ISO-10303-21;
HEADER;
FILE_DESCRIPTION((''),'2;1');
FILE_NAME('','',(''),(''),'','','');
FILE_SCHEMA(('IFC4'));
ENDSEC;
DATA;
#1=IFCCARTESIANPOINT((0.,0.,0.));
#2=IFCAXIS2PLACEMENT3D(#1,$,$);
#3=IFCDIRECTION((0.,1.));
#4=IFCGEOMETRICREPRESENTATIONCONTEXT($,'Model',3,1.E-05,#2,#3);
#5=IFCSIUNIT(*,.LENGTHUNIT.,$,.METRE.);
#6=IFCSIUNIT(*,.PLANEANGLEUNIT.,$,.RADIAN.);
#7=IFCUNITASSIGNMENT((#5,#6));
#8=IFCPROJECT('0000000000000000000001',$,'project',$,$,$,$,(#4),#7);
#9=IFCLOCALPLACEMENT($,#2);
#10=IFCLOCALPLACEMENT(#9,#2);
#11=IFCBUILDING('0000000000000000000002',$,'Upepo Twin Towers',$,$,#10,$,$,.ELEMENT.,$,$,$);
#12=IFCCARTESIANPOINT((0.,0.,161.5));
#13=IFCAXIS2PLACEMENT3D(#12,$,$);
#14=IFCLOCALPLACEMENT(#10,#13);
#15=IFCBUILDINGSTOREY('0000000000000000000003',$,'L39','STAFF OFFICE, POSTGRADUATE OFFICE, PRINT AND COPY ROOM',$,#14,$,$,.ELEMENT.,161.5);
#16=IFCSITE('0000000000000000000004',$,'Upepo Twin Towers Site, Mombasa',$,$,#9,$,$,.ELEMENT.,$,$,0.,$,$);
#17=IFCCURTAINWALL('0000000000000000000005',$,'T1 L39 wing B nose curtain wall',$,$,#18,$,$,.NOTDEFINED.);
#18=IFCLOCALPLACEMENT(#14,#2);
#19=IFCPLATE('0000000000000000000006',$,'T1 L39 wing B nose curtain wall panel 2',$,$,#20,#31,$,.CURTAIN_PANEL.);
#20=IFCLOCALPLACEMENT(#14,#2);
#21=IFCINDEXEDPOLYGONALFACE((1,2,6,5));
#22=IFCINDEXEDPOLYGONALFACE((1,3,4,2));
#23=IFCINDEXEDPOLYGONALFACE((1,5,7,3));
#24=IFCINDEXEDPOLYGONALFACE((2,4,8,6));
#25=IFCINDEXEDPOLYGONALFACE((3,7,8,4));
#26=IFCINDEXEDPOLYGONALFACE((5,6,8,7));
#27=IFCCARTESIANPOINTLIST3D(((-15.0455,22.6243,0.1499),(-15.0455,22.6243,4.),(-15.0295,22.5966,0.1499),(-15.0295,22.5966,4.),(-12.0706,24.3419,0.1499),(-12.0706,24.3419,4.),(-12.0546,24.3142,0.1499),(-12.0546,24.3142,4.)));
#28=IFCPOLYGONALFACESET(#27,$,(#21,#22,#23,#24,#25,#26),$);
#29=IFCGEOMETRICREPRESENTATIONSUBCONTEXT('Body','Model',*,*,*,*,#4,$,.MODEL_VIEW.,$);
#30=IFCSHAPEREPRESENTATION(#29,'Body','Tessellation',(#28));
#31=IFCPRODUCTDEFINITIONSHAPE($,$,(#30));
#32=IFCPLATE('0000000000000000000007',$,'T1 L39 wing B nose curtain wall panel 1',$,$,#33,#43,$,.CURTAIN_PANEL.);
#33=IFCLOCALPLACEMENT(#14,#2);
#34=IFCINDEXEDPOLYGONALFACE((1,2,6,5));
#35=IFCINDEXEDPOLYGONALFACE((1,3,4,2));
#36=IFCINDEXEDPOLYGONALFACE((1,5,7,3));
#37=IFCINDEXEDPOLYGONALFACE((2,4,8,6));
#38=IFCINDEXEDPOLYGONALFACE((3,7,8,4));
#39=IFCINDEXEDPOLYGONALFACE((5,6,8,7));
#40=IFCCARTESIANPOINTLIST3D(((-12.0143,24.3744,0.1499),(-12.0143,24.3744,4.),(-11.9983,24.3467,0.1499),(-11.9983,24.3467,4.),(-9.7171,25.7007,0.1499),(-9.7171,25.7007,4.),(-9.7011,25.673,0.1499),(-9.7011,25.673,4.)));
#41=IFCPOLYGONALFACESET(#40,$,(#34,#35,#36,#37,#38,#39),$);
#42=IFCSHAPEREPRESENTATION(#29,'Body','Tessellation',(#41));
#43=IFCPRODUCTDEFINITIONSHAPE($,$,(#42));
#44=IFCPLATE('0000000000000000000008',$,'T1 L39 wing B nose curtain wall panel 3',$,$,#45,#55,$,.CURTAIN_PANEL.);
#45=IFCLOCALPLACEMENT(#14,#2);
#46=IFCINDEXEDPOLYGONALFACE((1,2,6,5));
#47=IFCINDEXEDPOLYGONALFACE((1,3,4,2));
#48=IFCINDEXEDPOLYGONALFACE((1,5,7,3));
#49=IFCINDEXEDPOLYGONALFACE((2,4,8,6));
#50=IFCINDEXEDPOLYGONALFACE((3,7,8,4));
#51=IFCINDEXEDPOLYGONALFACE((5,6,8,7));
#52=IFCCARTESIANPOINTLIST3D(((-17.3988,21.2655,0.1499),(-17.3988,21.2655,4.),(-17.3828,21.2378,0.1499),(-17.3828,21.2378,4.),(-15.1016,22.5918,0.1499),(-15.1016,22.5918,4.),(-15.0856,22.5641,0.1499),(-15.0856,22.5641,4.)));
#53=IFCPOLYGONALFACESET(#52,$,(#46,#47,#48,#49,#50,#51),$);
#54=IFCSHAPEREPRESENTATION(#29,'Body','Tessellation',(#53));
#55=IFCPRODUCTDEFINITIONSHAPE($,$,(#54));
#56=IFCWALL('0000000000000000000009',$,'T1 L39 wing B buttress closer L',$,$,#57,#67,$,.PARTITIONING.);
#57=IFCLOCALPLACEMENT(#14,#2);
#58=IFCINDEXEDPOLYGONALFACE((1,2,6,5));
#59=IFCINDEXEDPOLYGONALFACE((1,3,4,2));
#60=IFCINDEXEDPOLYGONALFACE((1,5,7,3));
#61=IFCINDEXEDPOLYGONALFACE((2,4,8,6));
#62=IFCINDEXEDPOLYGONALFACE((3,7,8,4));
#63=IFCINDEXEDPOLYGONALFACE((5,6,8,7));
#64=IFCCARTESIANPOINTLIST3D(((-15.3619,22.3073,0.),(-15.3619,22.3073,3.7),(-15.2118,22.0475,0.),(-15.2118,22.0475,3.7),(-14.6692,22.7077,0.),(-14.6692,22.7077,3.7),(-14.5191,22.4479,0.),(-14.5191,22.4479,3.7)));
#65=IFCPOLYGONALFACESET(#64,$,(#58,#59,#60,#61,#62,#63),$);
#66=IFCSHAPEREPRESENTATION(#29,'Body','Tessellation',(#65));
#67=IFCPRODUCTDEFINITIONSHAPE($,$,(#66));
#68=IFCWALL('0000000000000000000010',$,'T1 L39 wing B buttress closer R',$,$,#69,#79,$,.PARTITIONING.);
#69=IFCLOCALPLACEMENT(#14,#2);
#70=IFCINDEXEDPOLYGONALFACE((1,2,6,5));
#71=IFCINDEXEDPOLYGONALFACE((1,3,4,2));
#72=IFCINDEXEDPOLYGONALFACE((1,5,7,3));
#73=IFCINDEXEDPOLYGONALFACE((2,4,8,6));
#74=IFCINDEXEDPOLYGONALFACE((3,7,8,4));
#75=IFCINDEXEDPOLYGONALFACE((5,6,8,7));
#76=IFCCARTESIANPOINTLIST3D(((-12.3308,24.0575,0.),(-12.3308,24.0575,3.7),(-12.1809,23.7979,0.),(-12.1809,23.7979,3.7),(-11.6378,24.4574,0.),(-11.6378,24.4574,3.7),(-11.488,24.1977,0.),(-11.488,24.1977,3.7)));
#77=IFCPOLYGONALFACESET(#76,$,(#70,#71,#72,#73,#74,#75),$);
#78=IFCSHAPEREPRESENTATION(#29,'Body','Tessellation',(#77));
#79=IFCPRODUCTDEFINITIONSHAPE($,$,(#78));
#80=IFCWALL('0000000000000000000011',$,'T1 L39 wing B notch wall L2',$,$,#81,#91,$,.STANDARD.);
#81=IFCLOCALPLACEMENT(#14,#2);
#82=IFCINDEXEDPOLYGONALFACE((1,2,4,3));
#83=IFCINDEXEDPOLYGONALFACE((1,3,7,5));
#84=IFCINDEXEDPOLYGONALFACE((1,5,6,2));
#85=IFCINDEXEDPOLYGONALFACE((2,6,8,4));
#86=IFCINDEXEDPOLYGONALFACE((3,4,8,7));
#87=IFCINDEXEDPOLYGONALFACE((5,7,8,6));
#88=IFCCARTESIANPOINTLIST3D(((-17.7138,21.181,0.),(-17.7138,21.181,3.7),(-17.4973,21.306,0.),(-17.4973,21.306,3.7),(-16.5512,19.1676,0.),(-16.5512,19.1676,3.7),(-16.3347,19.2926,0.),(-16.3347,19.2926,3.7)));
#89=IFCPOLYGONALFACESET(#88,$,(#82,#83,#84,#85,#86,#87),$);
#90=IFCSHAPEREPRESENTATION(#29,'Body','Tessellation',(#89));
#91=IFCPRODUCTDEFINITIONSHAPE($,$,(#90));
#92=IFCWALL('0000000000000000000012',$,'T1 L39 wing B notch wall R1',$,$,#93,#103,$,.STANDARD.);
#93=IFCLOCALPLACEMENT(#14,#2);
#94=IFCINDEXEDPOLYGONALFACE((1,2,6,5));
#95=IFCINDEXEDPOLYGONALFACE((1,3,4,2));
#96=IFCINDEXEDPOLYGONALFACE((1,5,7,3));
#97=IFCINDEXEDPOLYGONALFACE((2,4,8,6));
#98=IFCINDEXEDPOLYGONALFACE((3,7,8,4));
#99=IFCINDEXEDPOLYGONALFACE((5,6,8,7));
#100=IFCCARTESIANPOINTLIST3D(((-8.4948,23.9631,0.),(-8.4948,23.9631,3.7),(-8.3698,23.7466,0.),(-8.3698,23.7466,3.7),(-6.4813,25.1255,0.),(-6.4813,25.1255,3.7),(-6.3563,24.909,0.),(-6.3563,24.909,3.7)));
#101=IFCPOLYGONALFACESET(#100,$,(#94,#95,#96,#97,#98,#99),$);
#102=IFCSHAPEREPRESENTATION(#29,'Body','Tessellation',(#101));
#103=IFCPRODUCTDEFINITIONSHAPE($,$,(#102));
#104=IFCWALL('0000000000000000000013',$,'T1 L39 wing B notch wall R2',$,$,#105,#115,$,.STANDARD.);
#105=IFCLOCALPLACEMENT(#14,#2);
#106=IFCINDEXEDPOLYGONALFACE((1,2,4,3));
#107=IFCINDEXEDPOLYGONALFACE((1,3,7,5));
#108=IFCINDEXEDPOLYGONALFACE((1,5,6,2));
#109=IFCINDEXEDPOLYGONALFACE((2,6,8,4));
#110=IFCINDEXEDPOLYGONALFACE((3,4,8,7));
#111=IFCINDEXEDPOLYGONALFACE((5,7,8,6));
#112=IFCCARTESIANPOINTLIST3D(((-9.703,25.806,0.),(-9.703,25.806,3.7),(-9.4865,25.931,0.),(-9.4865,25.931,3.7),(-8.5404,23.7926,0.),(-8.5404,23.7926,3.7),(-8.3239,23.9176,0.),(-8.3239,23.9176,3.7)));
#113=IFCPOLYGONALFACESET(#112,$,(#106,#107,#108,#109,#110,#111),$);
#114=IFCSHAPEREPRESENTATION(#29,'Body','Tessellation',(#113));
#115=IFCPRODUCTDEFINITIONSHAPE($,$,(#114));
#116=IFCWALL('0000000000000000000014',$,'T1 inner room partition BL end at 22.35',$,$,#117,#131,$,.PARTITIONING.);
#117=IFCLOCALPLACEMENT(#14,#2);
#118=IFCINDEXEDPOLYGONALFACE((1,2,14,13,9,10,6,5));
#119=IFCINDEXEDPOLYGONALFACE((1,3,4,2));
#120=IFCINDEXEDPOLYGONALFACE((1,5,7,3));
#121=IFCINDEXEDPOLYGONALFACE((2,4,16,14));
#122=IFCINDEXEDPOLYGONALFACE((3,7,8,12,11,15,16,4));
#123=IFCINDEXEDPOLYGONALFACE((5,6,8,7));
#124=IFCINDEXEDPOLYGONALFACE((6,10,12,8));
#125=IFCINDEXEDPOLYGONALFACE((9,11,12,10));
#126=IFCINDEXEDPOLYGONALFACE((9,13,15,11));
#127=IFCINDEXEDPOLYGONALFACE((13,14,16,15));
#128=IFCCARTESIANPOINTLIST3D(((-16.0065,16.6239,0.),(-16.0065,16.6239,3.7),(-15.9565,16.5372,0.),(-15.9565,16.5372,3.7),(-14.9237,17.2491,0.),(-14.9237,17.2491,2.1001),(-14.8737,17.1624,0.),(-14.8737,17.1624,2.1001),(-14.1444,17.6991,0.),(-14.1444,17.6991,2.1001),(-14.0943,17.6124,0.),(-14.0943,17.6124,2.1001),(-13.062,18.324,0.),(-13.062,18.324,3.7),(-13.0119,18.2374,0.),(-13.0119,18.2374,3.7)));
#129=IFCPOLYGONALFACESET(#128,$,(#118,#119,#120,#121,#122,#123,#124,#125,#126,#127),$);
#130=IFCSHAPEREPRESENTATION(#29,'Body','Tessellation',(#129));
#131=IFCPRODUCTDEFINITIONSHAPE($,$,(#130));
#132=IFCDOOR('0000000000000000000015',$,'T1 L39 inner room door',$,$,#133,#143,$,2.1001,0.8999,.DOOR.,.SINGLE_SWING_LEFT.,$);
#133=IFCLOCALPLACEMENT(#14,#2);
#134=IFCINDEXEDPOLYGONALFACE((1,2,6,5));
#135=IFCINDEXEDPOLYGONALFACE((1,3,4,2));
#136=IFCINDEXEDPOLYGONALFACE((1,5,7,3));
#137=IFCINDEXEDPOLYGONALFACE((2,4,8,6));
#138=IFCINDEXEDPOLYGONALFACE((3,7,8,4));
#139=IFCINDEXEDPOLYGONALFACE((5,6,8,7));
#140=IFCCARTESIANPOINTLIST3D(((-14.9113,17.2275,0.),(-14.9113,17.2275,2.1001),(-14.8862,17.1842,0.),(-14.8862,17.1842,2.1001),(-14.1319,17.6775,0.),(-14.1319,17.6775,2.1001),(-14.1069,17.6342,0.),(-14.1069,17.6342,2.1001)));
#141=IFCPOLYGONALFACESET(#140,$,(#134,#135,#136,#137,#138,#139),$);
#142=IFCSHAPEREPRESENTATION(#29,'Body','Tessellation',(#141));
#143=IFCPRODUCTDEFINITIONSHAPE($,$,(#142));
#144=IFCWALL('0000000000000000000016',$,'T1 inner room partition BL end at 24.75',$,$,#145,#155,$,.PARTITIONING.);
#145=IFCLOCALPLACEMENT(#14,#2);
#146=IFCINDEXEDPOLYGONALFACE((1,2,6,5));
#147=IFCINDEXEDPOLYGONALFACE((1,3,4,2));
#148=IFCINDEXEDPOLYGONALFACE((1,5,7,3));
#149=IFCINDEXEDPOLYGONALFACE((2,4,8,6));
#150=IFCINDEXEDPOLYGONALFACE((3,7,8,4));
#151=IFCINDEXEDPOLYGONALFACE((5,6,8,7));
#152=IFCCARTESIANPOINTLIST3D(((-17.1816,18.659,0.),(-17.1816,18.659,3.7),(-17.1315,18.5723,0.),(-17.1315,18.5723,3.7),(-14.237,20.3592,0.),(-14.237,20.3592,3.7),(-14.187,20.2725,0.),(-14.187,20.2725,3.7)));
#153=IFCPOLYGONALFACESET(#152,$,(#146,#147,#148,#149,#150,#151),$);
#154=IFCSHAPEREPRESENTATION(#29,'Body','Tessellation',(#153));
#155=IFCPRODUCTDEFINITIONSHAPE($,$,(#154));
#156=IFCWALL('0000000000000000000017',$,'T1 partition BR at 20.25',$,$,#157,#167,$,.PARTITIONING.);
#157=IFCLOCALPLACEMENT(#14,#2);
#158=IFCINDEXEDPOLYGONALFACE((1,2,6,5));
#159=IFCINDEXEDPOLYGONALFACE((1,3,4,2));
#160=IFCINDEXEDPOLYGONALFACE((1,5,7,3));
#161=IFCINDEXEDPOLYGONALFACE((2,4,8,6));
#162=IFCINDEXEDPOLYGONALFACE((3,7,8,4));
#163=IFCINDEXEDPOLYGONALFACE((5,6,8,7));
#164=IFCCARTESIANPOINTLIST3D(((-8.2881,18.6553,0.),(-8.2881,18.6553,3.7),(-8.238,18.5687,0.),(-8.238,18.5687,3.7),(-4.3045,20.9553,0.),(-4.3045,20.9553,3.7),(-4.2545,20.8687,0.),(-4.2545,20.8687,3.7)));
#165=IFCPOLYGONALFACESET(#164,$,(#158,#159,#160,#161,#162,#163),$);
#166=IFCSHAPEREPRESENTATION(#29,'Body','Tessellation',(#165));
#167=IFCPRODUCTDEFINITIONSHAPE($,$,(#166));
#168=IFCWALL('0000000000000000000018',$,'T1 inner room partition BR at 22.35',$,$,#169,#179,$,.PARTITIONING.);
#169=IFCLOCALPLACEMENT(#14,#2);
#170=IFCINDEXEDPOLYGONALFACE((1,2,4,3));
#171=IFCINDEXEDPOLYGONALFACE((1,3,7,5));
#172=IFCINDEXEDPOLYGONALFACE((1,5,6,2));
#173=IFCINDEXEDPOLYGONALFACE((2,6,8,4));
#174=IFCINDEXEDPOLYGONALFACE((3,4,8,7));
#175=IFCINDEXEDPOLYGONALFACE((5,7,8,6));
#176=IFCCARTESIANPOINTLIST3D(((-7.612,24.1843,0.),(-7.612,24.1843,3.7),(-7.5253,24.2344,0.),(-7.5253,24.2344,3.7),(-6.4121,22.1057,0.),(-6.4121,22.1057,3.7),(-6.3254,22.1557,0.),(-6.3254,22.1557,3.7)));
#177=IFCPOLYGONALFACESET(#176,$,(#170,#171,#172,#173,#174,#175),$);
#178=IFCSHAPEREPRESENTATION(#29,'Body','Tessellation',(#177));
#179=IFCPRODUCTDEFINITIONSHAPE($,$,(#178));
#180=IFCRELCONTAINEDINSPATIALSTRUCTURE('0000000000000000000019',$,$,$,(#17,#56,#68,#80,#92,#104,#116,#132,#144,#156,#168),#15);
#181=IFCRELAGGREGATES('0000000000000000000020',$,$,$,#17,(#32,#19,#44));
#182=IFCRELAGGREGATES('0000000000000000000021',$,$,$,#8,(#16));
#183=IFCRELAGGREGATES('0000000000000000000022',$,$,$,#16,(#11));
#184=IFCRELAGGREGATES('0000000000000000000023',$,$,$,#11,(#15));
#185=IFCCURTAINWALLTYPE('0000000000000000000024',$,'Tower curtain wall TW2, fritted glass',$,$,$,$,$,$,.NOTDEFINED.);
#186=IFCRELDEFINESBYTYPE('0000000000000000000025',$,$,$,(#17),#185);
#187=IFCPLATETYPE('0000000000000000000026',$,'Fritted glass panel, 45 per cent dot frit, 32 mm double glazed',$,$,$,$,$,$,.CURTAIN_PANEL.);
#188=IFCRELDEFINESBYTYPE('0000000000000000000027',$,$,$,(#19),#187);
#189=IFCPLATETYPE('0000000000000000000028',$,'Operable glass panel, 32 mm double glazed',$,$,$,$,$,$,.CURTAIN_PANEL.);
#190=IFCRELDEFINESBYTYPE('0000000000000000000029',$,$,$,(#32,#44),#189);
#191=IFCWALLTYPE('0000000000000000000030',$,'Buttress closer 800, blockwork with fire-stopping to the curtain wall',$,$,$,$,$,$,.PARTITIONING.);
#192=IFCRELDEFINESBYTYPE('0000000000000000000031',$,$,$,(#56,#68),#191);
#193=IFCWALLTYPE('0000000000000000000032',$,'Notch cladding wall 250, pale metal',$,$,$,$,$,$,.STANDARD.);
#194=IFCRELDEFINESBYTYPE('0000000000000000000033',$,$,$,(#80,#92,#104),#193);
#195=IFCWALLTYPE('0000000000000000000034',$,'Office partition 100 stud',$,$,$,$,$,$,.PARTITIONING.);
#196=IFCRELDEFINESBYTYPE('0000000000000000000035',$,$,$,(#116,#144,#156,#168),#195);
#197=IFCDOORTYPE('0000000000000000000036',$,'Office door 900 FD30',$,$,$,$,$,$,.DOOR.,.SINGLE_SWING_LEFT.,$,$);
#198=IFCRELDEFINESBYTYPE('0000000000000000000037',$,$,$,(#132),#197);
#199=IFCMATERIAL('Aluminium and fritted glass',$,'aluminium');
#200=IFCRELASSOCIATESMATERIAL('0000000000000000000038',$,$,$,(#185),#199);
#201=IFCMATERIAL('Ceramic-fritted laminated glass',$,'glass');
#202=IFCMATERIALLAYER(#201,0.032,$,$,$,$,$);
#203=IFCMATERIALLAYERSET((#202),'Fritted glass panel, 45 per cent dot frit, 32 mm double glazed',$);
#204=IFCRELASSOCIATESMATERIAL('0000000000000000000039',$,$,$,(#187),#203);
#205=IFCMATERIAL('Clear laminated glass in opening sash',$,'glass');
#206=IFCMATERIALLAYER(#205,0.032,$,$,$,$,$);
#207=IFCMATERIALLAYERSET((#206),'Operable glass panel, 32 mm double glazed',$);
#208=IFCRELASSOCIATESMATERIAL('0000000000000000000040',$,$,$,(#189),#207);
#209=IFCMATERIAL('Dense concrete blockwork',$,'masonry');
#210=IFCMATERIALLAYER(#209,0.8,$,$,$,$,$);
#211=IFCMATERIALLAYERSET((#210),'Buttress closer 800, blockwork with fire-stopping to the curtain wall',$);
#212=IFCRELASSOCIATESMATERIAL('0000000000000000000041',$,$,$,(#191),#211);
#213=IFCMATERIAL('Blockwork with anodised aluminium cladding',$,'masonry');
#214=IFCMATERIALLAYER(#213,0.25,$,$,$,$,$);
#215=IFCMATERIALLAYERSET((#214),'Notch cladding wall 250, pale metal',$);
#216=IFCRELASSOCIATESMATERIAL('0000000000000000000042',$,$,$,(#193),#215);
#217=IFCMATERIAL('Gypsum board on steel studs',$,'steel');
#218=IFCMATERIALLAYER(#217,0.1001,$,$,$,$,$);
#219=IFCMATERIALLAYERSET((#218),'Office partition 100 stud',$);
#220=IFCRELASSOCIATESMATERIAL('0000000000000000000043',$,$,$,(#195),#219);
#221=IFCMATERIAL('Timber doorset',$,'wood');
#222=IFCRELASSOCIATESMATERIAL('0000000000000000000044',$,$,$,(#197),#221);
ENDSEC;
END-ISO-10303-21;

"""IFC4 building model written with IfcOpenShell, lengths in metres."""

from ifc_helpers import new_model, si_unit, direction, frame, frame_2d, origin, origin_2d, place, context, subcontext, project, spatial, rectangle, extrude, material, layer, layer_set, type_object, element, fill, aggregate, save


model = new_model("IFC4")

# Units and contexts
model_context = context("Model", 3, precision=1e-05, world=origin(), true_north=direction((0.0, 1.0)))
body_context = subcontext(model_context, "Body", "Model", "MODEL_VIEW")
ifc_project = project(units=[si_unit("LENGTHUNIT", "METRE"), si_unit("PLANEANGLEUNIT", "RADIAN")], contexts=[model_context])

# Site, building, storey
site_placement = place(None, origin())
site = spatial("IfcSite", under=ifc_project, at=site_placement, Name="Upepo Twin Towers Site, Mombasa", CompositionType="ELEMENT", RefElevation=0.0)
building_placement = place(site_placement, origin())
building = spatial("IfcBuilding", under=site, at=building_placement, Name="Upepo Twin Towers", CompositionType="ELEMENT")
storey_placement = place(building_placement, frame((0.0, 0.0, 161.5)))
storey = spatial("IfcBuildingStorey", under=building, at=storey_placement, Name="L39", Description="STAFF OFFICE, POSTGRADUATE OFFICE, PRINT AND COPY ROOM", CompositionType="ELEMENT", Elevation=161.5)

# Shared definitions
ifc_material_1 = material(Name="Aluminium and fritted glass", Category="aluminium")
curtain_wall_type = type_object("IfcCurtainWallType", Name="Tower curtain wall TW2, fritted glass", PredefinedType="NOTDEFINED", material=ifc_material_1)

# Curtain wall
curtain_wall_1_placement = place(storey_placement, origin())
curtain_wall_1 = element("IfcCurtainWall", 1, at=curtain_wall_1_placement, inside=storey, type_object=curtain_wall_type, Name="T1 L39 wing B nose curtain wall", PredefinedType="NOTDEFINED")

# Plates
ifc_material_2 = material(Name="Ceramic-fritted laminated glass", Category="glass")
ifc_layer_1 = layer(ifc_material_2, 0.032)
ifc_layer_set_1 = layer_set([ifc_layer_1], Name="Fritted glass panel, 45 per cent dot frit, 32 mm double glazed")
plate_type_1 = type_object("IfcPlateType", Name="Fritted glass panel, 45 per cent dot frit, 32 mm double glazed", PredefinedType="CURTAIN_PANEL", material=ifc_layer_set_1)
plate_1_placement = place(storey_placement, frame((-13.55, 23.4692, 0.1499), z_axis=(0.0, 0.0, 1.0), x_axis=(-0.866025, -0.5, 0.0)))
plate_1 = element("IfcPlate", 2, at=plate_1_placement, type_object=plate_type_1, Name="T1 L39 wing B nose curtain wall panel 2", PredefinedType="CURTAIN_PANEL", context=body_context, shape_type="SweptSolid", body=[
    extrude(rectangle(XDim=3.4351, YDim=0.032, at=origin_2d()), origin(), (0.0, 0.0, 1.0), 3.8501),
])
ifc_material_3 = material(Name="Clear laminated glass in opening sash", Category="glass")
ifc_layer_2 = layer(ifc_material_3, 0.032)
ifc_layer_set_2 = layer_set([ifc_layer_2], Name="Operable glass panel, 32 mm double glazed")
plate_type_2 = type_object("IfcPlateType", Name="Operable glass panel, 32 mm double glazed", PredefinedType="CURTAIN_PANEL", material=ifc_layer_set_2)
plate_2_placement = place(storey_placement, frame((-10.8577, 25.0237, 0.1499), z_axis=(0.0, 0.0, 1.0), x_axis=(-0.866025, -0.5, 0.0)))
plate_2 = element("IfcPlate", 3, at=plate_2_placement, type_object=plate_type_2, Name="T1 L39 wing B nose curtain wall panel 1", PredefinedType="CURTAIN_PANEL", context=body_context, shape_type="SweptSolid", body=[
    extrude(rectangle(XDim=2.6526, YDim=0.032, at=origin_2d()), origin(), (0.0, 0.0, 1.0), 3.8501),
])
plate_3_placement = place(storey_placement, frame((-16.2422, 21.9148, 0.1499), z_axis=(0.0, 0.0, 1.0), x_axis=(-0.866025, -0.5, 0.0)))
plate_3 = element("IfcPlate", 4, at=plate_3_placement, type_object=plate_type_2, Name="T1 L39 wing B nose curtain wall panel 3", PredefinedType="CURTAIN_PANEL", context=body_context, shape_type="SweptSolid", body=[
    extrude(rectangle(XDim=2.6526, YDim=0.032, at=origin_2d()), origin(), (0.0, 0.0, 1.0), 3.8501),
])
aggregate(curtain_wall_1, [plate_2, plate_1, plate_3])

# Walls
ifc_material_4 = material(Name="Dense concrete blockwork", Category="masonry")
ifc_layer_3 = layer(ifc_material_4, 0.8)
ifc_layer_set_3 = layer_set([ifc_layer_3], Name="Buttress closer 800, blockwork with fire-stopping to the curtain wall")
wall_type_1 = type_object("IfcWallType", Name="Buttress closer 800, blockwork with fire-stopping to the curtain wall", PredefinedType="PARTITIONING", material=ifc_layer_set_3)
wall_1_placement = place(storey_placement, frame((-14.8655, 22.2478, 0.0), z_axis=(0.0, 0.0, 1.0), x_axis=(-0.500427, 0.865779, 0.0)))
element("IfcWall", 5, at=wall_1_placement, inside=storey, type_object=wall_type_1, Name="T1 L39 wing B buttress closer L", PredefinedType="PARTITIONING", context=body_context, shape_type="SweptSolid", body=[
    extrude(rectangle(XDim=0.3, YDim=0.8, at=frame_2d((0.1499, 0.0))), origin(), (0.0, 0.0, 1.0), 3.7),
])
wall_2_placement = place(storey_placement, frame((-11.8345, 23.9978, 0.0), z_axis=(0.0, 0.0, 1.0), x_axis=(-0.499816, 0.866131, 0.0)))
element("IfcWall", 6, at=wall_2_placement, inside=storey, type_object=wall_type_1, Name="T1 L39 wing B buttress closer R", PredefinedType="PARTITIONING", context=body_context, shape_type="SweptSolid", body=[
    extrude(rectangle(XDim=0.2998, YDim=0.8, at=frame_2d((0.1499, 0.0))), origin(), (0.0, 0.0, 1.0), 3.7),
])
ifc_material_5 = material(Name="Blockwork with anodised aluminium cladding", Category="masonry")
ifc_layer_4 = layer(ifc_material_5, 0.25)
ifc_layer_set_4 = layer_set([ifc_layer_4], Name="Notch cladding wall 250, pale metal")
wall_type_2 = type_object("IfcWallType", Name="Notch cladding wall 250, pale metal", PredefinedType="STANDARD", material=ifc_layer_set_4)
for number, where, z_axis, x_axis, name in (
    (7, (-16.4429, 19.23, 0.0), (0.0, 0.0, 1.0), (-0.500047, 0.865998, 0.0), "T1 L39 wing B notch wall L2"),
    (8, (-6.4187, 25.0173, 0.0), (0.0, 0.0, 1.0), (-0.866044, -0.499968, 0.0), "T1 L39 wing B notch wall R1"),
    (9, (-8.4321, 23.855, 0.0), (0.0, 0.0, 1.0), (-0.500047, 0.865998, 0.0), "T1 L39 wing B notch wall R2"),
):
    element("IfcWall", number, at=place(storey_placement, frame(where, z_axis=z_axis, x_axis=x_axis)), inside=storey, type_object=wall_type_2, Name=name, PredefinedType="STANDARD", context=body_context, shape_type="SweptSolid", body=[
        extrude(rectangle(XDim=2.325, YDim=0.25, at=frame_2d((1.1626, 0.0))), origin(), (0.0, 0.0, 1.0), 3.7),
    ])

# Wall, opening, door
ifc_material_6 = material(Name="Gypsum board on steel studs", Category="steel")
ifc_layer_5 = layer(ifc_material_6, 0.1001)
ifc_layer_set_5 = layer_set([ifc_layer_5], Name="Office partition 100 stud")
wall_type_3 = type_object("IfcWallType", Name="Office partition 100 stud", PredefinedType="PARTITIONING", material=ifc_layer_set_5)
wall_3_placement = place(storey_placement, frame((-13.0369, 18.2808, 0.0), z_axis=(0.0, 0.0, 1.0), x_axis=(-0.866007, -0.500031, 0.0)))
wall_3 = element("IfcWall", 10, at=wall_3_placement, inside=storey, type_object=wall_type_3, Name="T1 inner room partition BL end at 22.35", PredefinedType="PARTITIONING", context=body_context, shape_type="SweptSolid", body=[
    extrude(rectangle(XDim=3.4001, YDim=0.1001, at=frame_2d((1.7002, 0.0))), origin(), (0.0, 0.0, 1.0), 3.7),
])
opening_1_placement = place(wall_3_placement, frame((1.25, 0.0, 0.0)))
opening_1 = element("IfcOpeningElement", 11, at=opening_1_placement, cuts=wall_3, PredefinedType="OPENING", context=body_context, shape_type="SweptSolid", body=[
    extrude(rectangle(XDim=0.8999, YDim=2.1001, at=frame_2d((0.45, 1.05))), frame((0.0, 0.0601, 0.0), z_axis=(0.0, -1.0, 0.0), x_axis=(1.0, 0.0, 0.0)), (0.0, 0.0, 1.0), 0.1201),
])
ifc_material_7 = material(Name="Timber doorset", Category="wood")
door_type_1 = type_object("IfcDoorType", Name="Office door 900 FD30", OperationType="SINGLE_SWING_LEFT", PredefinedType="DOOR", material=ifc_material_7)
door_1_placement = place(opening_1_placement, origin())
door_1 = element("IfcDoor", 12, at=door_1_placement, inside=storey, type_object=door_type_1, Name="T1 L39 inner room door", OperationType="SINGLE_SWING_LEFT", OverallHeight=2.1001, OverallWidth=0.8999, PredefinedType="DOOR", context=body_context, shape_type="SweptSolid", body=[
    extrude(rectangle(XDim=0.8999, YDim=2.1001, at=frame_2d((0.45, 1.05))), frame((0.0, 0.0249, 0.0), z_axis=(0.0, -1.0, 0.0), x_axis=(1.0, 0.0, 0.0)), (0.0, 0.0, 1.0), 0.05),
])
fill(opening_1, door_1)

# Walls
wall_4_placement = place(storey_placement, frame((-14.2119, 20.3159, 0.0), z_axis=(0.0, 0.0, 1.0), x_axis=(-0.866007, -0.500031, 0.0)))
element("IfcWall", 13, at=wall_4_placement, inside=storey, type_object=wall_type_3, Name="T1 inner room partition BL end at 24.75", PredefinedType="PARTITIONING", context=body_context, shape_type="SweptSolid", body=[
    extrude(rectangle(XDim=3.4001, YDim=0.1001, at=frame_2d((1.7002, 0.0))), origin(), (0.0, 0.0, 1.0), 3.7),
])
wall_5_placement = place(storey_placement, frame((-8.2629, 18.6121, 0.0), z_axis=(0.0, 0.0, 1.0), x_axis=(0.866017, 0.500015, 0.0)))
element("IfcWall", 14, at=wall_5_placement, inside=storey, type_object=wall_type_3, Name="T1 partition BR at 20.25", PredefinedType="PARTITIONING", context=body_context, shape_type="SweptSolid", body=[
    extrude(rectangle(XDim=4.5999, YDim=0.1001, at=frame_2d((2.2998, 0.0))), origin(), (0.0, 0.0, 1.0), 3.7),
])
wall_6_placement = place(storey_placement, frame((-6.3687, 22.1306, 0.0), z_axis=(0.0, 0.0, 1.0), x_axis=(-0.499957, 0.86605, 0.0)))
element("IfcWall", 15, at=wall_6_placement, inside=storey, type_object=wall_type_3, Name="T1 inner room partition BR at 22.35", PredefinedType="PARTITIONING", context=body_context, shape_type="SweptSolid", body=[
    extrude(rectangle(XDim=2.4001, YDim=0.1001, at=frame_2d((1.2002, 0.0))), origin(), (0.0, 0.0, 1.0), 3.7),
])

save(model, "model.ifc")
